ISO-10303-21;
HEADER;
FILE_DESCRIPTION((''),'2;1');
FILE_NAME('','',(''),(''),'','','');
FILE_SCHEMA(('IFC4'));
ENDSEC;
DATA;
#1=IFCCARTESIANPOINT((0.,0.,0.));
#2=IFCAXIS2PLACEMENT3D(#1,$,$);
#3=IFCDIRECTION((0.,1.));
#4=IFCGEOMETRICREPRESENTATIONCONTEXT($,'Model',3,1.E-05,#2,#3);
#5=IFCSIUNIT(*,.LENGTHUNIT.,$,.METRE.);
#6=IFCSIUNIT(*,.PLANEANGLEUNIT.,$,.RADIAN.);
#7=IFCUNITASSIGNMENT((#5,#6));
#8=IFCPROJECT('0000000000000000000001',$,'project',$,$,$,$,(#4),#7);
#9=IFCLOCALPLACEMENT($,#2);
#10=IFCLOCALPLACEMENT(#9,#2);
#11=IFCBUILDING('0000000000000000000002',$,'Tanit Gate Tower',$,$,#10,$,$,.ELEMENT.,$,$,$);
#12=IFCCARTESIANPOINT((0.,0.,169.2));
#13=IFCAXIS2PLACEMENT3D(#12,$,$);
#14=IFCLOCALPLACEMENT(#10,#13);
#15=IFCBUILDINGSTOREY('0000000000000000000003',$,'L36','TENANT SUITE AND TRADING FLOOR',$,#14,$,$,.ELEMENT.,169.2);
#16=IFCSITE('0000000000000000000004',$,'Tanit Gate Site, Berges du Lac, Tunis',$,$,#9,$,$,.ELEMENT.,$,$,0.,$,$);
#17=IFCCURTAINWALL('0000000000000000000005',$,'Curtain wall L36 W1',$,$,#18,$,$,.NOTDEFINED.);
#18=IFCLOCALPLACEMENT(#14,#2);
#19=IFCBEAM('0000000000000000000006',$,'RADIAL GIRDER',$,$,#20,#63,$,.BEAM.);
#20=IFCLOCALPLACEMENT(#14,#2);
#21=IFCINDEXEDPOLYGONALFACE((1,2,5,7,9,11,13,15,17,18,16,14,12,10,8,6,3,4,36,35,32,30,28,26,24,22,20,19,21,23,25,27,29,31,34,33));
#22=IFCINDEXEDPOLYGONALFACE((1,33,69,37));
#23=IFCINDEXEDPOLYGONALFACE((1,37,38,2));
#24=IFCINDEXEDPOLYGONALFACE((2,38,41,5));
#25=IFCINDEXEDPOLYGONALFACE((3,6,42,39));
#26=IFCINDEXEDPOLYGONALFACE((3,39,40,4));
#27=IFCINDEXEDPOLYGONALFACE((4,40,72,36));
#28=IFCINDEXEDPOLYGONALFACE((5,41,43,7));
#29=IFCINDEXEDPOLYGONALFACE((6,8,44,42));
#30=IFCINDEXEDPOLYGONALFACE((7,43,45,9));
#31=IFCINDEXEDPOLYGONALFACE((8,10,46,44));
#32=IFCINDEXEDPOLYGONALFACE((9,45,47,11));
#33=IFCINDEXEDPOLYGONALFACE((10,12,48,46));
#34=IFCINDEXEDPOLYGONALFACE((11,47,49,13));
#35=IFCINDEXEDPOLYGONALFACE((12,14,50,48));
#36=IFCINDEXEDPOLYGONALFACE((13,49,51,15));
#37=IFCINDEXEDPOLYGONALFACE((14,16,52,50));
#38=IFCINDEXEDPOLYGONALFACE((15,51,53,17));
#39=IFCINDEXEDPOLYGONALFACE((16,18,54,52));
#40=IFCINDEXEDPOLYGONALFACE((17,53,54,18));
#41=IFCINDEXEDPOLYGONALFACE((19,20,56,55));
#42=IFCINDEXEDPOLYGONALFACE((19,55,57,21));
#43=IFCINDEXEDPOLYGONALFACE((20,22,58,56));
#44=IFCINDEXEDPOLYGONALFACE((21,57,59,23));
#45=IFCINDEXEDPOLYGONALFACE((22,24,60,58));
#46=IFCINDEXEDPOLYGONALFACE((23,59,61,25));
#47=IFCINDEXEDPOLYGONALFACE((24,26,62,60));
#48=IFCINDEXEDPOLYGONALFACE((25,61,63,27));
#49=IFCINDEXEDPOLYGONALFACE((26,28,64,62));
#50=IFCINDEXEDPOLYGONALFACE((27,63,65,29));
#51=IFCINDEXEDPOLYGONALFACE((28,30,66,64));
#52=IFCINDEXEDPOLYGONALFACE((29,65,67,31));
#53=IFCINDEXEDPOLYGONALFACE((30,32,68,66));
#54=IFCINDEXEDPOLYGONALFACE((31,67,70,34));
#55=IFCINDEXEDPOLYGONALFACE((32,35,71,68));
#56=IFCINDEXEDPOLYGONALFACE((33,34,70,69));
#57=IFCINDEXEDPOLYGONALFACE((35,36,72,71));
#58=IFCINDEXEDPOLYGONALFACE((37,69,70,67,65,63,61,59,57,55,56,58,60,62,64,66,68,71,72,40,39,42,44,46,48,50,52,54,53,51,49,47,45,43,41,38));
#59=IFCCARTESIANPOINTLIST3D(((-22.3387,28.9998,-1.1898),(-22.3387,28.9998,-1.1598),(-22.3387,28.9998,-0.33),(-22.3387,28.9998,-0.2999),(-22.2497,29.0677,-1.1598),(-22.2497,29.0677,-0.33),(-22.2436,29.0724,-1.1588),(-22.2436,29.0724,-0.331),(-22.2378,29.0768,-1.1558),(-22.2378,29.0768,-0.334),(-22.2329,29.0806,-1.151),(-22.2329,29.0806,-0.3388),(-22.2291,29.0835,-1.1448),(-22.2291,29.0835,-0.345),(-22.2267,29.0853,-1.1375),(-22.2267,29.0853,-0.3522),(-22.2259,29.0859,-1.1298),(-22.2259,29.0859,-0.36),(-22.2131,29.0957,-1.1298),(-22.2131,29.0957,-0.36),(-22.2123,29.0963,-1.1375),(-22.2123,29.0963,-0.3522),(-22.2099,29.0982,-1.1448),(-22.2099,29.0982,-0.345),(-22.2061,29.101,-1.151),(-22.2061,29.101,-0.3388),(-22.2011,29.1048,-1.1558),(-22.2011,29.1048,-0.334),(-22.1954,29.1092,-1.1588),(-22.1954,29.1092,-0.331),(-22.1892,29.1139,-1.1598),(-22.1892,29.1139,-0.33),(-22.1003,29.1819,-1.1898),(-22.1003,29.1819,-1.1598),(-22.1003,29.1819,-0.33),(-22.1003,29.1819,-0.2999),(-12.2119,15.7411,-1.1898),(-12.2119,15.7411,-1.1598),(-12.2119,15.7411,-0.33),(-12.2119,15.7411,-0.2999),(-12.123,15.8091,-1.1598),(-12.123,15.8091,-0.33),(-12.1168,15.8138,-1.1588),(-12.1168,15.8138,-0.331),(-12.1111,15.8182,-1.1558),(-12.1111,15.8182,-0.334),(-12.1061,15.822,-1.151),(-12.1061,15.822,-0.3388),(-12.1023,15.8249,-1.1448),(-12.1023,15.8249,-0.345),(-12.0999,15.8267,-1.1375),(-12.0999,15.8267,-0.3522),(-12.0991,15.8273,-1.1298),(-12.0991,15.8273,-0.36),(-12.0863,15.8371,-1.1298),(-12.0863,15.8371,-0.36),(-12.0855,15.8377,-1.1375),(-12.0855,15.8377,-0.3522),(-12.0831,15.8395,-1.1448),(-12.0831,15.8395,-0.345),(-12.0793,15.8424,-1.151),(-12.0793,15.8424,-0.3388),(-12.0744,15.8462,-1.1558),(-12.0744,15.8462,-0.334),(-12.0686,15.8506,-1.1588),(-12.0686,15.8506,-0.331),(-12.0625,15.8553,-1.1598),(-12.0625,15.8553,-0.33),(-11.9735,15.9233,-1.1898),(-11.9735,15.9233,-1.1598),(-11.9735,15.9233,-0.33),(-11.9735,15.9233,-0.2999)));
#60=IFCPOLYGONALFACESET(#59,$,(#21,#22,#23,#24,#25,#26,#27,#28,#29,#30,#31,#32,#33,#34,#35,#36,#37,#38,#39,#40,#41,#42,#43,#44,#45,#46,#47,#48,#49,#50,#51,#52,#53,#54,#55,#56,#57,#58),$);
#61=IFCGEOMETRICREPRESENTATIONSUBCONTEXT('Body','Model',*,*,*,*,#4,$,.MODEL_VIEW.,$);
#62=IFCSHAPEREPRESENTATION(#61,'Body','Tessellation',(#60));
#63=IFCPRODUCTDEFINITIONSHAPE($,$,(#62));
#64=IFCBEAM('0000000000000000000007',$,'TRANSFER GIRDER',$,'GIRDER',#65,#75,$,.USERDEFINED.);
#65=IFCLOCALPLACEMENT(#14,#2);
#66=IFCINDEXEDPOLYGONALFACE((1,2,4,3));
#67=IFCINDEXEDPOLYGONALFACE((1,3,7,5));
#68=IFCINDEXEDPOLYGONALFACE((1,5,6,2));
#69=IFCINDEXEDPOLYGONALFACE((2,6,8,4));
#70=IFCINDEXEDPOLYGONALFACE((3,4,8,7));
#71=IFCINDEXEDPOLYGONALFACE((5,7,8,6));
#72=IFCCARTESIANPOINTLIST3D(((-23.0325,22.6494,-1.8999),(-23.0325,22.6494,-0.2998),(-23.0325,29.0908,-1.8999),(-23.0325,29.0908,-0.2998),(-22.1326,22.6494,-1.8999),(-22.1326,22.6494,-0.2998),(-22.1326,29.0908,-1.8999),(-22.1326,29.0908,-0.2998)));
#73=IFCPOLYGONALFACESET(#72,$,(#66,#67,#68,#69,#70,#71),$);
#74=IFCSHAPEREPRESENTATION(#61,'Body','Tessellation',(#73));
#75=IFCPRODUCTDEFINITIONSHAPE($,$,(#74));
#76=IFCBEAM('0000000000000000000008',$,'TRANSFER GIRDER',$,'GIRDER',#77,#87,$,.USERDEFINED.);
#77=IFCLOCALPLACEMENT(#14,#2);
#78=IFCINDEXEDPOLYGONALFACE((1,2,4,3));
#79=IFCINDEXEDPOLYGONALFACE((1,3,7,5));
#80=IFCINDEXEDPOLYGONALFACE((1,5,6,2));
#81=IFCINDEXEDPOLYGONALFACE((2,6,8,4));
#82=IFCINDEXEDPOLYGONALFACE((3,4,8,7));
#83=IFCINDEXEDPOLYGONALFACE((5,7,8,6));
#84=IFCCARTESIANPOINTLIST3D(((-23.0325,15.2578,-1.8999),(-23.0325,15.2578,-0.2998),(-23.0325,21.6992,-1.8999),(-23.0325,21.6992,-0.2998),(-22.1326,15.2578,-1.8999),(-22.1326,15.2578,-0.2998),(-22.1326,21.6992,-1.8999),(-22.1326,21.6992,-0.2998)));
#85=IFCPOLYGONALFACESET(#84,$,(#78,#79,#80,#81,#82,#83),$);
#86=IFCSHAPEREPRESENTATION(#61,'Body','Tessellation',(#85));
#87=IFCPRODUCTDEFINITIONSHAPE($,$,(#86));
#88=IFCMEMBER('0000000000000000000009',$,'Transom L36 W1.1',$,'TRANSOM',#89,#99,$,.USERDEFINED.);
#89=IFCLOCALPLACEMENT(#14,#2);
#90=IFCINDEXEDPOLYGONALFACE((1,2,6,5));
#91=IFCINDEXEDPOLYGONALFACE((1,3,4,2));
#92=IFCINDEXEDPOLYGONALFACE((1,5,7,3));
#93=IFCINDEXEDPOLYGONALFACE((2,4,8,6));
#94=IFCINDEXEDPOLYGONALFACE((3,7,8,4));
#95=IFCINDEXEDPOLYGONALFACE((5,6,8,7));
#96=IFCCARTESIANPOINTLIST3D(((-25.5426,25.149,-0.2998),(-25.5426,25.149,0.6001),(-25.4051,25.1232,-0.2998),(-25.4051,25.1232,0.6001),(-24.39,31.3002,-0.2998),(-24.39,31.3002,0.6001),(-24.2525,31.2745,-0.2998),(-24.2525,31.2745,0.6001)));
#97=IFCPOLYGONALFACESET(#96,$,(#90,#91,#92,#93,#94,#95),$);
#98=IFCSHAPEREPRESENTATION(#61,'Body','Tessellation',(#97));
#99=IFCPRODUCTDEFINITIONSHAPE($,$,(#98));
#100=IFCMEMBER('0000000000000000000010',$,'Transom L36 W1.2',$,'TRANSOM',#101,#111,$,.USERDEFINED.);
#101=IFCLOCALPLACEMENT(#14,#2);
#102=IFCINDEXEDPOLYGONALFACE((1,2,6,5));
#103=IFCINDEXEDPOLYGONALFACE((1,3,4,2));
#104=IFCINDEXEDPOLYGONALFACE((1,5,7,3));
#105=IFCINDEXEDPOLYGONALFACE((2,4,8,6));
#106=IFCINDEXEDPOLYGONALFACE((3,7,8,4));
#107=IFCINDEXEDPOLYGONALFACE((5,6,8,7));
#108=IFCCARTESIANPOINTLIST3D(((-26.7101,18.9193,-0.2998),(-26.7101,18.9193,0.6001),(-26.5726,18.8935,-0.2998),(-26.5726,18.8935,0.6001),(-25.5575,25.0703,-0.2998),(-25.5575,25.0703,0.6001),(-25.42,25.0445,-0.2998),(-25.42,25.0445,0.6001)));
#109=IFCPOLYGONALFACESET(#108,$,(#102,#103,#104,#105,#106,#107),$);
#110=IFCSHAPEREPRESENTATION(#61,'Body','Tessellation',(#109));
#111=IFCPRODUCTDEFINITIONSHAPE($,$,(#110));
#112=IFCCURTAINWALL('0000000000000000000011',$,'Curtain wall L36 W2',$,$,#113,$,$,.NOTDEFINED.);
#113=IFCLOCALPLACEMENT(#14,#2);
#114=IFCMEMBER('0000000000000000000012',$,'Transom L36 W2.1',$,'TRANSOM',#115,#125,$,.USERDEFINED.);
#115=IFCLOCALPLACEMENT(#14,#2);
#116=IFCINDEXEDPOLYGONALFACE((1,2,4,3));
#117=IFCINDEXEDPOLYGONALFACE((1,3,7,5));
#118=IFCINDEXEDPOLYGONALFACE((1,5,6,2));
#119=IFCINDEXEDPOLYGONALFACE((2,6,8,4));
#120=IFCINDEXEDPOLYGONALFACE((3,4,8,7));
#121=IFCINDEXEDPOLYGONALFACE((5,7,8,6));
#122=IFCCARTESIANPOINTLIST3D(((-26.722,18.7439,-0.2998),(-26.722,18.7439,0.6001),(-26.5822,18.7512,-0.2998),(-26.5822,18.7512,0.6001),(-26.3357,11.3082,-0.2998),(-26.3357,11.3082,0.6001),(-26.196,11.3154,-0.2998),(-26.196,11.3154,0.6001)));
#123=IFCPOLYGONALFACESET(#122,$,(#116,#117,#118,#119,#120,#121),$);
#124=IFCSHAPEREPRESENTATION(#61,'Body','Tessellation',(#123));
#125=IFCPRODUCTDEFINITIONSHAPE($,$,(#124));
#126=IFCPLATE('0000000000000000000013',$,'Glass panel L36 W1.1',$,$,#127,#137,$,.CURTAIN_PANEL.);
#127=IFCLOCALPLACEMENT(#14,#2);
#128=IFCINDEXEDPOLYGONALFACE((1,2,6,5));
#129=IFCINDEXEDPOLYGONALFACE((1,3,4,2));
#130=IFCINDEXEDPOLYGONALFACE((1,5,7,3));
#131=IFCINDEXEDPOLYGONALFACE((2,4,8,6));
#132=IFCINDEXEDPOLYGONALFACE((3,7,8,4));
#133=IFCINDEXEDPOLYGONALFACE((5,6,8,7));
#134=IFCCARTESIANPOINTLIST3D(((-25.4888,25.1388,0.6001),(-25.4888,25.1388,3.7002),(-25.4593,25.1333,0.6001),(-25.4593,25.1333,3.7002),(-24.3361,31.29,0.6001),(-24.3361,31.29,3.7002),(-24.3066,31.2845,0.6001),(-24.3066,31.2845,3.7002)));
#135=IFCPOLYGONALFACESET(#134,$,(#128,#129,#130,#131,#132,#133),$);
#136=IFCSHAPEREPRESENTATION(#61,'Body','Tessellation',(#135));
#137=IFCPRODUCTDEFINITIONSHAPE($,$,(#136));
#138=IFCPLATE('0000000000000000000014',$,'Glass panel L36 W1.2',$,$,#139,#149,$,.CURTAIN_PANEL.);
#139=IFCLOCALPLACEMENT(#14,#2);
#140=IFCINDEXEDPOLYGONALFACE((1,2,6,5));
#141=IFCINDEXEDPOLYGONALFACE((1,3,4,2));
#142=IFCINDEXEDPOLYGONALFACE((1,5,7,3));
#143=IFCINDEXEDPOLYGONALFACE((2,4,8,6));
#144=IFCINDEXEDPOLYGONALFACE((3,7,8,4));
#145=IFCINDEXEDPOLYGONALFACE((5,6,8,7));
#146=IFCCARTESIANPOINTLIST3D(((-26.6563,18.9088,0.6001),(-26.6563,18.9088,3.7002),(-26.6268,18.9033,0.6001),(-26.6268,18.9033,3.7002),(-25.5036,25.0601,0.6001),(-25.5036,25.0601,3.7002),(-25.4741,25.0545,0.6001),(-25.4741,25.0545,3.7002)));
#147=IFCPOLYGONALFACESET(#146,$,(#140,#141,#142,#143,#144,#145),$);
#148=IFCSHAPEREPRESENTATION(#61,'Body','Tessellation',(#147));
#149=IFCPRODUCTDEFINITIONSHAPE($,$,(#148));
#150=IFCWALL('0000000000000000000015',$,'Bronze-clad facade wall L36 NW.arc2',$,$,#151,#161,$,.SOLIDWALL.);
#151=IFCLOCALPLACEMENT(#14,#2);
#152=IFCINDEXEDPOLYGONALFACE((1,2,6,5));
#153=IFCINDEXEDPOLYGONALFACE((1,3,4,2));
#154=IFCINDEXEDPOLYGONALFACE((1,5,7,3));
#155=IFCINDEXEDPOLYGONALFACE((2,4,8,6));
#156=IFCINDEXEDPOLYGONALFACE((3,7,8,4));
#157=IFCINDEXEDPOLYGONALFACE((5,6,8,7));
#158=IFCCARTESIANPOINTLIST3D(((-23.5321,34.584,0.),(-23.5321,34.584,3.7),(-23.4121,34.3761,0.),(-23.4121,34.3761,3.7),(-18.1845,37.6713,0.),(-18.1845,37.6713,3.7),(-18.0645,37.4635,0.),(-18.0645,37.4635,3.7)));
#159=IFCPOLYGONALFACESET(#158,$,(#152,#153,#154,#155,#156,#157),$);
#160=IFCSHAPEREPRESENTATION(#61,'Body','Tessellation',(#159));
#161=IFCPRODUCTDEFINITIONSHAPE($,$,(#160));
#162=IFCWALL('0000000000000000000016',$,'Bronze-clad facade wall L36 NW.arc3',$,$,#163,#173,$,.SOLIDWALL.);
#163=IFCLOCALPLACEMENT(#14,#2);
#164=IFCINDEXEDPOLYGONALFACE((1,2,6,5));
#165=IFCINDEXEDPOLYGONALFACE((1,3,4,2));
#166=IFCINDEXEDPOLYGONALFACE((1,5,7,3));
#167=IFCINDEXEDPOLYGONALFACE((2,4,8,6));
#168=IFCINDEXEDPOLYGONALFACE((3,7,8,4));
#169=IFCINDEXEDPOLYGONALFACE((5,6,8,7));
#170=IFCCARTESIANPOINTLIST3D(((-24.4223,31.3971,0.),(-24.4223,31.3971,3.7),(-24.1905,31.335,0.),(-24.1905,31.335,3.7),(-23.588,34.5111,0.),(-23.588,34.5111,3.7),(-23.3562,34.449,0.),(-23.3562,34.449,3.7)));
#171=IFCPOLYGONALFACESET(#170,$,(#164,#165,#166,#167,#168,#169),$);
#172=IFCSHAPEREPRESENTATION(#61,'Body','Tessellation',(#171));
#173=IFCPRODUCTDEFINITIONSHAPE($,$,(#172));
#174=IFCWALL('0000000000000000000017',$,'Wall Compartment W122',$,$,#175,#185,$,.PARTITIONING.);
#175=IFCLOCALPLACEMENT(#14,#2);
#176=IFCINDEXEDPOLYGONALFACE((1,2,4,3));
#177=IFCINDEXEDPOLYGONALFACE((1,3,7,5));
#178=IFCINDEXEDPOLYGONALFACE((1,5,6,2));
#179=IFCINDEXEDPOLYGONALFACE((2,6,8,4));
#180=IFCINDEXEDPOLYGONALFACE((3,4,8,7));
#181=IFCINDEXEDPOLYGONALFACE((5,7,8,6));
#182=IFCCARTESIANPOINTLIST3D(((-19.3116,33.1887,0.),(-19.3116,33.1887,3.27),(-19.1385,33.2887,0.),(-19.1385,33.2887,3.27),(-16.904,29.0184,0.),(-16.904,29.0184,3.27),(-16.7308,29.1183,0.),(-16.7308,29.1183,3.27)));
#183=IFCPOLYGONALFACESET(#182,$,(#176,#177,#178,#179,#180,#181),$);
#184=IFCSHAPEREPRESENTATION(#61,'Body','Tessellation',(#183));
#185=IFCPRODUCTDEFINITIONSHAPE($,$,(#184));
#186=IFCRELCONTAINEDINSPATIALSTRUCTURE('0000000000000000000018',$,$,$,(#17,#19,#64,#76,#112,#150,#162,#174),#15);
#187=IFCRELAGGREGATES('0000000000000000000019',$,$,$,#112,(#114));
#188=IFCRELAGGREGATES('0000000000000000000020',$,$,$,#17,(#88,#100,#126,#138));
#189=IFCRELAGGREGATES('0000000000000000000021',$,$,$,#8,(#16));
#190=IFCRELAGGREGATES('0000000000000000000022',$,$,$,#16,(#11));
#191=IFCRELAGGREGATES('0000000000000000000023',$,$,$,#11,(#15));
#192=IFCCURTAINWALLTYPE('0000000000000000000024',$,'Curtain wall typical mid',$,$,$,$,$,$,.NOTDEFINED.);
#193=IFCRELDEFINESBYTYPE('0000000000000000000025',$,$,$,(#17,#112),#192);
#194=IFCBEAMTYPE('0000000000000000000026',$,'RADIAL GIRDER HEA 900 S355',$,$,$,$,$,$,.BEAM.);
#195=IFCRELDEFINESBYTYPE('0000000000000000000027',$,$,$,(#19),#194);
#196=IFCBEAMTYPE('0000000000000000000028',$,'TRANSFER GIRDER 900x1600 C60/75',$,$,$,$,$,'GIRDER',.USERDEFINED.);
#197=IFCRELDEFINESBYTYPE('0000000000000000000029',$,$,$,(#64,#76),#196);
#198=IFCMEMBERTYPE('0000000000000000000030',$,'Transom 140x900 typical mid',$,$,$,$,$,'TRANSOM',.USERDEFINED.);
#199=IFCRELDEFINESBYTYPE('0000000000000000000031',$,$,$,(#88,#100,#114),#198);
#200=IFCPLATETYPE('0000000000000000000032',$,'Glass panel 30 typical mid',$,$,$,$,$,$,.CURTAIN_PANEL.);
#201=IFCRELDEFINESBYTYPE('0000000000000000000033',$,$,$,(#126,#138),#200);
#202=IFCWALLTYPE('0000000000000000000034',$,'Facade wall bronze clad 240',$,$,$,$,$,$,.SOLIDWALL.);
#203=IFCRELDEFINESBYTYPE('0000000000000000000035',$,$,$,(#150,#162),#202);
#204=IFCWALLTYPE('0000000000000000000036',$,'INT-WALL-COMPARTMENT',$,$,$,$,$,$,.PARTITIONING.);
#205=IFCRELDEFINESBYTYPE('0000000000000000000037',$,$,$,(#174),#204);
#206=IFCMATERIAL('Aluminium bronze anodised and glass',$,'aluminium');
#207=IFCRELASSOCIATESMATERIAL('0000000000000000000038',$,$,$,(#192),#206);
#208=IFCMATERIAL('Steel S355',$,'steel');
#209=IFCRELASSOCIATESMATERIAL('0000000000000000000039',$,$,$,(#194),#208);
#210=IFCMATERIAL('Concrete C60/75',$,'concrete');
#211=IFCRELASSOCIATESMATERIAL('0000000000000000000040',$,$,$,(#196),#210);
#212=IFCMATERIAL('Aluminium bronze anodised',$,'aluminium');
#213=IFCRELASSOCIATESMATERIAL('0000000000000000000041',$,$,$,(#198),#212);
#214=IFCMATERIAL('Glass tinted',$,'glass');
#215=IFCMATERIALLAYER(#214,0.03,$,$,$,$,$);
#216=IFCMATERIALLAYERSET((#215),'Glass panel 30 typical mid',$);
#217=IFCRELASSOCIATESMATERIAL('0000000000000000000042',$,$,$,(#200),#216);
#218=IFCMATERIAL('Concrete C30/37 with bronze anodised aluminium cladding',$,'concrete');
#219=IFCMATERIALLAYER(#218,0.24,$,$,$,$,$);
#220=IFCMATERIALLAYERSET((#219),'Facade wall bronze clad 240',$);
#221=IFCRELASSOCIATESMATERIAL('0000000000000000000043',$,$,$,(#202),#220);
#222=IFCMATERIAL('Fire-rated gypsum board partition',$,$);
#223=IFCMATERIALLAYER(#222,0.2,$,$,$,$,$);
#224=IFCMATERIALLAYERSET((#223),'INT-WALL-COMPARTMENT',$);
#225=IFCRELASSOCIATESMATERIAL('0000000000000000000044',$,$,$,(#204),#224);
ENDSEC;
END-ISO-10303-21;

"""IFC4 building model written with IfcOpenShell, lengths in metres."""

from ifc_helpers import new_model, si_unit, direction, frame, frame_2d, origin, origin_2d, place, context, subcontext, project, spatial, rectangle, i_section, extrude, material, layer, layer_set, material_profile, profile_set, type_object, element, aggregate, save


model = new_model("IFC4")

# Units and contexts
model_context = context("Model", 3, precision=1e-05, world=origin(), true_north=direction((0.0, 1.0)))
body_context = subcontext(model_context, "Body", "Model", "MODEL_VIEW")
ifc_project = project(units=[si_unit("LENGTHUNIT", "METRE"), si_unit("PLANEANGLEUNIT", "RADIAN")], contexts=[model_context])

# Site, building, storey
site_placement = place(None, origin())
site = spatial("IfcSite", under=ifc_project, at=site_placement, Name="Tanit Gate Site, Berges du Lac, Tunis", CompositionType="ELEMENT", RefElevation=0.0)
building_placement = place(site_placement, origin())
building = spatial("IfcBuilding", under=site, at=building_placement, Name="Tanit Gate Tower", CompositionType="ELEMENT")
storey_placement = place(building_placement, frame((0.0, 0.0, 169.2)))
storey = spatial("IfcBuildingStorey", under=building, at=storey_placement, Name="L36", Description="TENANT SUITE AND TRADING FLOOR", CompositionType="ELEMENT", Elevation=169.2)

# Curtain wall
ifc_material_1 = material(Name="Aluminium bronze anodised and glass", Category="aluminium")
curtain_wall_type = type_object("IfcCurtainWallType", Name="Curtain wall typical mid", PredefinedType="NOTDEFINED", material=ifc_material_1)
curtain_wall_1_placement = place(storey_placement, origin())
curtain_wall_1 = element("IfcCurtainWall", 1, at=curtain_wall_1_placement, inside=storey, type_object=curtain_wall_type, Name="Curtain wall L36 W1", PredefinedType="NOTDEFINED")

# Beams
ifc_material_2 = material(Name="Steel S355", Category="steel")
ifc_material_profile_1 = material_profile(ifc_material_2, i_section(OverallWidth=0.3, OverallDepth=0.8899, WebThickness=0.0161, FlangeThickness=0.03, FilletRadius=0.03, at=origin_2d()), Name="HEA 900")
ifc_profile_set_1 = profile_set([ifc_material_profile_1], Name="Steel S355")
beam_type_1 = type_object("IfcBeamType", Name="RADIAL GIRDER HEA 900 S355", PredefinedType="BEAM", material=ifc_profile_set_1)
beam_1_placement = place(storey_placement, frame((-22.2195, 29.0908, -0.7449), z_axis=(0.606989, -0.79471, 0.0), x_axis=(0.79471, 0.606989, 0.0)))
element("IfcBeam", 2, at=beam_1_placement, inside=storey, type_object=beam_type_1, Name="RADIAL GIRDER", PredefinedType="BEAM", context=body_context, shape_type="SweptSolid", body=[
    extrude(i_section(OverallWidth=0.3, OverallDepth=0.8899, WebThickness=0.0161, FlangeThickness=0.03, FilletRadius=0.03, at=origin_2d()), origin(), (0.0, 0.0, 1.0), 16.6836),
])
ifc_material_3 = material(Name="Concrete C60/75", Category="concrete")
ifc_material_profile_2 = material_profile(ifc_material_3, rectangle(XDim=0.8999, YDim=1.6001, at=origin_2d()), Name="RC 900x1600")
ifc_profile_set_2 = profile_set([ifc_material_profile_2], Name="Concrete C60/75")
beam_type_2 = type_object("IfcBeamType", Name="TRANSFER GIRDER 900x1600 C60/75", ElementType="GIRDER", PredefinedType="USERDEFINED", material=ifc_profile_set_2)
for number, where, z_axis, x_axis, name in (
    (3, (-22.5825, 29.0908, -1.0999), (0.0, -1.0, 0.0), (1.0, 0.0, 0.0), "TRANSFER GIRDER"),
    (4, (-22.5825, 21.6992, -1.0999), (0.0, -1.0, 0.0), (1.0, 0.0, 0.0), "TRANSFER GIRDER"),
):
    element("IfcBeam", number, at=place(storey_placement, frame(where, z_axis=z_axis, x_axis=x_axis)), inside=storey, type_object=beam_type_2, Name=name, ObjectType="GIRDER", PredefinedType="USERDEFINED", context=body_context, shape_type="SweptSolid", body=[
        extrude(rectangle(XDim=0.8999, YDim=1.6001, at=origin_2d()), origin(), (0.0, 0.0, 1.0), 6.4414),
    ])

# Members
ifc_material_4 = material(Name="Aluminium bronze anodised", Category="aluminium")
ifc_material_profile_3 = material_profile(ifc_material_4, rectangle(XDim=0.1399, YDim=0.8999, at=origin_2d()), Name="140x900 bronze transom")
ifc_profile_set_3 = profile_set([ifc_material_profile_3], Name="Aluminium bronze anodised")
member_type_1 = type_object("IfcMemberType", Name="Transom 140x900 typical mid", ElementType="TRANSOM", PredefinedType="USERDEFINED", material=ifc_profile_set_3)
member_1_placement = place(storey_placement, frame((-24.3213, 31.2874, 0.1501), z_axis=(-0.184166, -0.982895, 0.0), x_axis=(0.982895, -0.184166, 0.0)))
member_1 = element("IfcMember", 5, at=member_1_placement, type_object=member_type_1, Name="Transom L36 W1.1", ObjectType="TRANSOM", PredefinedType="USERDEFINED", context=body_context, shape_type="SweptSolid", body=[
    extrude(rectangle(XDim=0.1399, YDim=0.8999, at=origin_2d()), origin(), (0.0, 0.0, 1.0), 6.2583),
])
member_2_placement = place(storey_placement, frame((-25.4888, 25.0574, 0.1501), z_axis=(-0.184173, -0.982894, 0.0), x_axis=(0.982894, -0.184173, 0.0)))
member_2 = element("IfcMember", 6, at=member_2_placement, type_object=member_type_1, Name="Transom L36 W1.2", ObjectType="TRANSOM", PredefinedType="USERDEFINED", context=body_context, shape_type="SweptSolid", body=[
    extrude(rectangle(XDim=0.1399, YDim=0.8999, at=origin_2d()), origin(), (0.0, 0.0, 1.0), 6.2581),
])

# Curtain wall, member
curtain_wall_2_placement = place(storey_placement, origin())
curtain_wall_2 = element("IfcCurtainWall", 7, at=curtain_wall_2_placement, inside=storey, type_object=curtain_wall_type, Name="Curtain wall L36 W2", PredefinedType="NOTDEFINED")
member_3_placement = place(storey_placement, frame((-26.6521, 18.7476, 0.1501), z_axis=(0.051872, -0.998654, 0.0), x_axis=(0.998654, 0.051872, 0.0)))
member_3 = element("IfcMember", 8, at=member_3_placement, type_object=member_type_1, Name="Transom L36 W2.1", ObjectType="TRANSOM", PredefinedType="USERDEFINED", context=body_context, shape_type="SweptSolid", body=[
    extrude(rectangle(XDim=0.1399, YDim=0.8999, at=origin_2d()), origin(), (0.0, 0.0, 1.0), 7.4458),
])
aggregate(curtain_wall_2, [member_3])

# Plates
ifc_material_5 = material(Name="Glass tinted", Category="glass")
ifc_layer_1 = layer(ifc_material_5, 0.03)
ifc_layer_set_1 = layer_set([ifc_layer_1], Name="Glass panel 30 typical mid")
plate_type = type_object("IfcPlateType", Name="Glass panel 30 typical mid", PredefinedType="CURTAIN_PANEL", material=ifc_layer_set_1)
plate_1_placement = place(storey_placement, frame((-24.8977, 28.2117, 0.6001), z_axis=(0.0, 0.0, 1.0), x_axis=(-0.184196, -0.98289, 0.0)))
plate_1 = element("IfcPlate", 9, at=plate_1_placement, type_object=plate_type, Name="Glass panel L36 W1.1", PredefinedType="CURTAIN_PANEL", context=body_context, shape_type="SweptSolid", body=[
    extrude(rectangle(XDim=6.2583, YDim=0.03, at=origin_2d()), origin(), (0.0, 0.0, 1.0), 3.1001),
])
plate_2_placement = place(storey_placement, frame((-26.0652, 21.9817, 0.6001), z_axis=(0.0, 0.0, 1.0), x_axis=(-0.184196, -0.98289, 0.0)))
plate_2 = element("IfcPlate", 10, at=plate_2_placement, type_object=plate_type, Name="Glass panel L36 W1.2", PredefinedType="CURTAIN_PANEL", context=body_context, shape_type="SweptSolid", body=[
    extrude(rectangle(XDim=6.2583, YDim=0.03, at=origin_2d()), origin(), (0.0, 0.0, 1.0), 3.1001),
])
aggregate(curtain_wall_1, [member_1, member_2, plate_1, plate_2])

# Walls
ifc_material_6 = material(Name="Concrete C30/37 with bronze anodised aluminium cladding", Category="concrete")
ifc_layer_2 = layer(ifc_material_6, 0.24)
ifc_layer_set_2 = layer_set([ifc_layer_2], Name="Facade wall bronze clad 240")
wall_type_1 = type_object("IfcWallType", Name="Facade wall bronze clad 240", PredefinedType="SOLIDWALL", material=ifc_layer_set_2)
wall_1_placement = place(storey_placement, frame((-18.1245, 37.5674, 0.0), z_axis=(0.0, 0.0, 1.0), x_axis=(-0.86603, -0.499992, 0.0)))
element("IfcWall", 11, at=wall_1_placement, inside=storey, type_object=wall_type_1, Name="Bronze-clad facade wall L36 NW.arc2", PredefinedType="SOLIDWALL", context=body_context, shape_type="SweptSolid", body=[
    extrude(rectangle(XDim=6.1748, YDim=0.24, at=frame_2d((3.0874, 0.0))), origin(), (0.0, 0.0, 1.0), 3.7),
])
wall_2_placement = place(storey_placement, frame((-23.4722, 34.48, 0.0), z_axis=(0.0, 0.0, 1.0), x_axis=(-0.25877, -0.965939, 0.0)))
element("IfcWall", 12, at=wall_2_placement, inside=storey, type_object=wall_type_1, Name="Bronze-clad facade wall L36 NW.arc3", PredefinedType="SOLIDWALL", context=body_context, shape_type="SweptSolid", body=[
    extrude(rectangle(XDim=3.2239, YDim=0.24, at=frame_2d((1.6118, 0.0))), origin(), (0.0, 0.0, 1.0), 3.7),
])
ifc_material_7 = material(Name="Fire-rated gypsum board partition")
ifc_layer_3 = layer(ifc_material_7, 0.2)
ifc_layer_set_3 = layer_set([ifc_layer_3], Name="INT-WALL-COMPARTMENT")
wall_type_2 = type_object("IfcWallType", Name="INT-WALL-COMPARTMENT", PredefinedType="PARTITIONING", material=ifc_layer_set_3)
wall_3_placement = place(storey_placement, frame((-16.8174, 29.0684, 0.0), z_axis=(0.0, 0.0, 1.0), x_axis=(-0.499989, 0.866032, 0.0)))
element("IfcWall", 13, at=wall_3_placement, inside=storey, type_object=wall_type_2, Name="Wall Compartment W122", PredefinedType="PARTITIONING", context=body_context, shape_type="SweptSolid", body=[
    extrude(rectangle(XDim=4.8154, YDim=0.2, at=frame_2d((2.4077, 0.0))), origin(), (0.0, 0.0, 1.0), 3.27),
])

save(model, "model.ifc")
